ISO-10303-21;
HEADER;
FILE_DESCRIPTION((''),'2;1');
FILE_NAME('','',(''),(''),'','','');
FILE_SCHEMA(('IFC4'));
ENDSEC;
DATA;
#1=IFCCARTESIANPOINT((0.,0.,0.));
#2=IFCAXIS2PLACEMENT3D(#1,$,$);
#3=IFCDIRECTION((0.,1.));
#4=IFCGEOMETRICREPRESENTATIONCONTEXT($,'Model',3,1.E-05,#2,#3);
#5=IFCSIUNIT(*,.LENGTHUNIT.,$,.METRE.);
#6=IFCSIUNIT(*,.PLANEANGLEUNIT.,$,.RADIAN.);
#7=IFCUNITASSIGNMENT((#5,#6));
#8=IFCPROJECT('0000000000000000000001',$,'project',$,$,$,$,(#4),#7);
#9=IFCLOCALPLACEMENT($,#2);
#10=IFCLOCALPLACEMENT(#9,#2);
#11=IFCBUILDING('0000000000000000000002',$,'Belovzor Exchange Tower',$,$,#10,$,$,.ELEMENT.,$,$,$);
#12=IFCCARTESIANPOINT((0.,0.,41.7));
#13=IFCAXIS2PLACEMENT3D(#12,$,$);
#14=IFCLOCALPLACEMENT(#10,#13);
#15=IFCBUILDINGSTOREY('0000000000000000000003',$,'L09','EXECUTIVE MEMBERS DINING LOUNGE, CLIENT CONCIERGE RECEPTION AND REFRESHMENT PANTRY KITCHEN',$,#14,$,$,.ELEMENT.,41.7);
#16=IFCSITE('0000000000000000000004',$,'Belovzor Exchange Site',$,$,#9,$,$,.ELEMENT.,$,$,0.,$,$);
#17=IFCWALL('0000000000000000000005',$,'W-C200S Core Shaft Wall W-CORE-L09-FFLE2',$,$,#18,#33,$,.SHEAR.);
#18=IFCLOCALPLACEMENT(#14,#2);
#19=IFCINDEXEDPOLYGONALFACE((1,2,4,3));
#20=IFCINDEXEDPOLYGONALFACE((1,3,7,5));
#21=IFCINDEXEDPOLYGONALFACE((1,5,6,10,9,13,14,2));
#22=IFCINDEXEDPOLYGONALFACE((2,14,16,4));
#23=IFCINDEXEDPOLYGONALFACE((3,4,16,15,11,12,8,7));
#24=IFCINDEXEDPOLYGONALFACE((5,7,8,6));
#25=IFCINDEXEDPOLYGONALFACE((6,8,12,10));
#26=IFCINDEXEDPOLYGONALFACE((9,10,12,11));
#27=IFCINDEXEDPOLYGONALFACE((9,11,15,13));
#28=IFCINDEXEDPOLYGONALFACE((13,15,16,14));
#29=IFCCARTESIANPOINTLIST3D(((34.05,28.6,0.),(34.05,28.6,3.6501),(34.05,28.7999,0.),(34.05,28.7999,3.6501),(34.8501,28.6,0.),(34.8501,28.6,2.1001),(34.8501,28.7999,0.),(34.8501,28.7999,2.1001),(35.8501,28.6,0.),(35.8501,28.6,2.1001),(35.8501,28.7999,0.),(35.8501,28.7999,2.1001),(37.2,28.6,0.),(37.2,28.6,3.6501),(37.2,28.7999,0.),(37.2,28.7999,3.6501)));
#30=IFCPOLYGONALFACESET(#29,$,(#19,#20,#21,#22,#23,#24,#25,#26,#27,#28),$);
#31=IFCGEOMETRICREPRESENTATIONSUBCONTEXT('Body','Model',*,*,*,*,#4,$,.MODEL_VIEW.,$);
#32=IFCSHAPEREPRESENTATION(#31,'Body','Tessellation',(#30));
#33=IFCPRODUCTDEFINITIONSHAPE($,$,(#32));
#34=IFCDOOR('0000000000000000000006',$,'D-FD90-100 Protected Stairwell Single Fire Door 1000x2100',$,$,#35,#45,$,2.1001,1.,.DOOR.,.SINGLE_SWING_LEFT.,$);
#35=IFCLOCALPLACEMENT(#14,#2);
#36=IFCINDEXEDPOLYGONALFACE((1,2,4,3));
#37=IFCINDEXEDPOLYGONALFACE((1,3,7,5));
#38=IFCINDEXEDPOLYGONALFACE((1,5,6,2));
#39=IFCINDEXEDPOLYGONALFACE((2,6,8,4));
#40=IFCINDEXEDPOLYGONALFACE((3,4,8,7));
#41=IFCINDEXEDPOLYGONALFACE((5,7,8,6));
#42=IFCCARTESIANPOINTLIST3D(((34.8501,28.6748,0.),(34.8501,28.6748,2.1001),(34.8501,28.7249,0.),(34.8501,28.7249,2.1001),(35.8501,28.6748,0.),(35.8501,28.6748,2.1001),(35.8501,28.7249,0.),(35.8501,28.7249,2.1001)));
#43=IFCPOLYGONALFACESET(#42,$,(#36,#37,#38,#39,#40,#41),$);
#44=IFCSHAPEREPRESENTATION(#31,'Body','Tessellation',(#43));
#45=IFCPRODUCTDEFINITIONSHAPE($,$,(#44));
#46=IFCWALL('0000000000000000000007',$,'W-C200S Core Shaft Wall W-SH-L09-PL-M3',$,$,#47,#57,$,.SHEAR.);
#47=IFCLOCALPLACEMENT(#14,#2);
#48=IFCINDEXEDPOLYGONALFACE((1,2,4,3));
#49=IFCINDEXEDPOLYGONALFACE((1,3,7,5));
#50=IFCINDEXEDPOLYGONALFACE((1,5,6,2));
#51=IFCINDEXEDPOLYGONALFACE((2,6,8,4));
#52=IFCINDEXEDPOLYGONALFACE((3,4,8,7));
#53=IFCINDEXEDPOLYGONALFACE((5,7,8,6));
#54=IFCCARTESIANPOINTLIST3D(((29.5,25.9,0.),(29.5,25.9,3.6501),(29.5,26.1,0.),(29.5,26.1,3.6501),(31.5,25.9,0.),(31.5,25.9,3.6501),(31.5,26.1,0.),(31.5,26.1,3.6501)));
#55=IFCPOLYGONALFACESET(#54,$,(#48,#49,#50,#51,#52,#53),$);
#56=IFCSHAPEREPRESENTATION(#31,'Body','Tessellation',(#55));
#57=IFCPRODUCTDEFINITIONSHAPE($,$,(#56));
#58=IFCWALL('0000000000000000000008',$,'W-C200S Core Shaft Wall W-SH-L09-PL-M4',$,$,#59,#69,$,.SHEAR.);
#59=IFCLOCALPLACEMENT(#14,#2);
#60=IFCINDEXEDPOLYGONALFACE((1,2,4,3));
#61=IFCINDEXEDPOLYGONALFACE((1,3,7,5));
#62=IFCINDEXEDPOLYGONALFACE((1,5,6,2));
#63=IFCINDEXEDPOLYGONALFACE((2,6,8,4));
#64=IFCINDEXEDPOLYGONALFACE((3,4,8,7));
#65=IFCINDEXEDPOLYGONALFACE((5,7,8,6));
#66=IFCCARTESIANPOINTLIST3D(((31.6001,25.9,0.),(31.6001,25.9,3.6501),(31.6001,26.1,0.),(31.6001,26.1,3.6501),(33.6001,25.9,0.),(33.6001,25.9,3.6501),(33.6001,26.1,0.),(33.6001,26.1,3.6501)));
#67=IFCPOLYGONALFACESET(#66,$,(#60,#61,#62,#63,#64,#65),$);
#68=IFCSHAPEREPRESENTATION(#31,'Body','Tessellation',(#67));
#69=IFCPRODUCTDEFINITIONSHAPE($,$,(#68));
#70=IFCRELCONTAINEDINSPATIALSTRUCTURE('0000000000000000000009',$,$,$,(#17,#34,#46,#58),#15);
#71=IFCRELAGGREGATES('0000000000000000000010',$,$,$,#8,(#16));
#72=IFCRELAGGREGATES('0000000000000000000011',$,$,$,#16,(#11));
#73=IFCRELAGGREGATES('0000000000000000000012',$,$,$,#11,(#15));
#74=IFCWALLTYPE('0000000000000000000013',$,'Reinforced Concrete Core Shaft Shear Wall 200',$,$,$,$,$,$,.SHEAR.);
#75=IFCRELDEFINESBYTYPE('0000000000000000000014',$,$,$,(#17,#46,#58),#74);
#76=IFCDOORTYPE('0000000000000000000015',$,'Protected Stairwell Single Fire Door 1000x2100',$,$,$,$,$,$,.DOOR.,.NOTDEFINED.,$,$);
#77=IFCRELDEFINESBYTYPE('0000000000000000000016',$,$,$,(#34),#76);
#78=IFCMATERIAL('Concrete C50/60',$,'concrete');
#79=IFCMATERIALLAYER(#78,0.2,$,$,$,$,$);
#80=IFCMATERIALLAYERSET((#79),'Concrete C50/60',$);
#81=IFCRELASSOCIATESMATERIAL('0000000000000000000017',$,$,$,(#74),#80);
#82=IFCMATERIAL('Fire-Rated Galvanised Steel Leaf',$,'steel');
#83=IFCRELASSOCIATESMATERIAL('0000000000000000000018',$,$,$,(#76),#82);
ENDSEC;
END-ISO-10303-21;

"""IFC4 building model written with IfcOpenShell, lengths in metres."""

from ifc_helpers import new_model, si_unit, direction, frame, frame_2d, origin, place, context, subcontext, project, spatial, rectangle, extrude, material, layer, layer_set, type_object, element, fill, save


model = new_model("IFC4")

# Units and contexts
model_context = context("Model", 3, precision=1e-05, world=origin(), true_north=direction((0.0, 1.0)))
body_context = subcontext(model_context, "Body", "Model", "MODEL_VIEW")
ifc_project = project(units=[si_unit("LENGTHUNIT", "METRE"), si_unit("PLANEANGLEUNIT", "RADIAN")], contexts=[model_context])

# Site, building, storey
site_placement = place(None, origin())
site = spatial("IfcSite", under=ifc_project, at=site_placement, Name="Belovzor Exchange Site", CompositionType="ELEMENT", RefElevation=0.0)
building_placement = place(site_placement, origin())
building = spatial("IfcBuilding", under=site, at=building_placement, Name="Belovzor Exchange Tower", CompositionType="ELEMENT")
storey_placement = place(building_placement, frame((0.0, 0.0, 41.7)))
storey = spatial("IfcBuildingStorey", under=building, at=storey_placement, Name="L09", Description="EXECUTIVE MEMBERS DINING LOUNGE, CLIENT CONCIERGE RECEPTION AND REFRESHMENT PANTRY KITCHEN", CompositionType="ELEMENT", Elevation=41.7)

# Wall, opening, door
ifc_material_1 = material(Name="Concrete C50/60", Category="concrete")
ifc_layer_1 = layer(ifc_material_1, 0.2)
ifc_layer_set_1 = layer_set([ifc_layer_1], Name="Concrete C50/60")
wall_type_1 = type_object("IfcWallType", Name="Reinforced Concrete Core Shaft Shear Wall 200", PredefinedType="SHEAR", material=ifc_layer_set_1)
wall_1_placement = place(storey_placement, frame((34.05, 28.7, 0.0), z_axis=(0.0, 0.0, 1.0), x_axis=(1.0, 0.0, 0.0)))
wall_1 = element("IfcWall", 1, at=wall_1_placement, inside=storey, type_object=wall_type_1, Name="W-C200S Core Shaft Wall W-CORE-L09-FFLE2", PredefinedType="SHEAR", context=body_context, shape_type="SweptSolid", body=[
    extrude(rectangle(XDim=3.1499, YDim=0.2, at=frame_2d((1.575, 0.0))), origin(), (0.0, 0.0, 1.0), 3.6501),
])
opening_1_placement = place(wall_1_placement, frame((0.8, 0.0, 0.0)))
opening_1 = element("IfcOpeningElement", 2, at=opening_1_placement, cuts=wall_1, PredefinedType="OPENING", context=body_context, shape_type="SweptSolid", body=[
    extrude(rectangle(XDim=1.0, YDim=2.1001, at=frame_2d((0.5, 1.05))), frame((0.0, 0.1099, 0.0), z_axis=(0.0, -1.0, 0.0), x_axis=(1.0, 0.0, 0.0)), (0.0, 0.0, 1.0), 0.22),
])
ifc_material_2 = material(Name="Fire-Rated Galvanised Steel Leaf", Category="steel")
door_type_1 = type_object("IfcDoorType", Name="Protected Stairwell Single Fire Door 1000x2100", OperationType="NOTDEFINED", PredefinedType="DOOR", material=ifc_material_2)
door_1_placement = place(opening_1_placement, origin())
door_1 = element("IfcDoor", 3, at=door_1_placement, inside=storey, type_object=door_type_1, Name="D-FD90-100 Protected Stairwell Single Fire Door 1000x2100", OperationType="SINGLE_SWING_LEFT", OverallHeight=2.1001, OverallWidth=1.0, PredefinedType="DOOR", context=body_context, shape_type="SweptSolid", body=[
    extrude(rectangle(XDim=1.0, YDim=2.1001, at=frame_2d((0.5, 1.05))), frame((0.0, 0.0249, 0.0), z_axis=(0.0, -1.0, 0.0), x_axis=(1.0, 0.0, 0.0)), (0.0, 0.0, 1.0), 0.05),
])
fill(opening_1, door_1)

# Walls
for number, where, z_axis, x_axis, name in (
    (4, (29.5, 26.0, 0.0), (0.0, 0.0, 1.0), (1.0, 0.0, 0.0), "W-C200S Core Shaft Wall W-SH-L09-PL-M3"),
    (5, (31.6001, 26.0, 0.0), (0.0, 0.0, 1.0), (1.0, 0.0, 0.0), "W-C200S Core Shaft Wall W-SH-L09-PL-M4"),
):
    element("IfcWall", number, at=place(storey_placement, frame(where, z_axis=z_axis, x_axis=x_axis)), inside=storey, type_object=wall_type_1, Name=name, PredefinedType="SHEAR", context=body_context, shape_type="SweptSolid", body=[
        extrude(rectangle(XDim=2.0, YDim=0.2, at=frame_2d((1.0, 0.0))), origin(), (0.0, 0.0, 1.0), 3.6501),
    ])

save(model, "model.ifc")
